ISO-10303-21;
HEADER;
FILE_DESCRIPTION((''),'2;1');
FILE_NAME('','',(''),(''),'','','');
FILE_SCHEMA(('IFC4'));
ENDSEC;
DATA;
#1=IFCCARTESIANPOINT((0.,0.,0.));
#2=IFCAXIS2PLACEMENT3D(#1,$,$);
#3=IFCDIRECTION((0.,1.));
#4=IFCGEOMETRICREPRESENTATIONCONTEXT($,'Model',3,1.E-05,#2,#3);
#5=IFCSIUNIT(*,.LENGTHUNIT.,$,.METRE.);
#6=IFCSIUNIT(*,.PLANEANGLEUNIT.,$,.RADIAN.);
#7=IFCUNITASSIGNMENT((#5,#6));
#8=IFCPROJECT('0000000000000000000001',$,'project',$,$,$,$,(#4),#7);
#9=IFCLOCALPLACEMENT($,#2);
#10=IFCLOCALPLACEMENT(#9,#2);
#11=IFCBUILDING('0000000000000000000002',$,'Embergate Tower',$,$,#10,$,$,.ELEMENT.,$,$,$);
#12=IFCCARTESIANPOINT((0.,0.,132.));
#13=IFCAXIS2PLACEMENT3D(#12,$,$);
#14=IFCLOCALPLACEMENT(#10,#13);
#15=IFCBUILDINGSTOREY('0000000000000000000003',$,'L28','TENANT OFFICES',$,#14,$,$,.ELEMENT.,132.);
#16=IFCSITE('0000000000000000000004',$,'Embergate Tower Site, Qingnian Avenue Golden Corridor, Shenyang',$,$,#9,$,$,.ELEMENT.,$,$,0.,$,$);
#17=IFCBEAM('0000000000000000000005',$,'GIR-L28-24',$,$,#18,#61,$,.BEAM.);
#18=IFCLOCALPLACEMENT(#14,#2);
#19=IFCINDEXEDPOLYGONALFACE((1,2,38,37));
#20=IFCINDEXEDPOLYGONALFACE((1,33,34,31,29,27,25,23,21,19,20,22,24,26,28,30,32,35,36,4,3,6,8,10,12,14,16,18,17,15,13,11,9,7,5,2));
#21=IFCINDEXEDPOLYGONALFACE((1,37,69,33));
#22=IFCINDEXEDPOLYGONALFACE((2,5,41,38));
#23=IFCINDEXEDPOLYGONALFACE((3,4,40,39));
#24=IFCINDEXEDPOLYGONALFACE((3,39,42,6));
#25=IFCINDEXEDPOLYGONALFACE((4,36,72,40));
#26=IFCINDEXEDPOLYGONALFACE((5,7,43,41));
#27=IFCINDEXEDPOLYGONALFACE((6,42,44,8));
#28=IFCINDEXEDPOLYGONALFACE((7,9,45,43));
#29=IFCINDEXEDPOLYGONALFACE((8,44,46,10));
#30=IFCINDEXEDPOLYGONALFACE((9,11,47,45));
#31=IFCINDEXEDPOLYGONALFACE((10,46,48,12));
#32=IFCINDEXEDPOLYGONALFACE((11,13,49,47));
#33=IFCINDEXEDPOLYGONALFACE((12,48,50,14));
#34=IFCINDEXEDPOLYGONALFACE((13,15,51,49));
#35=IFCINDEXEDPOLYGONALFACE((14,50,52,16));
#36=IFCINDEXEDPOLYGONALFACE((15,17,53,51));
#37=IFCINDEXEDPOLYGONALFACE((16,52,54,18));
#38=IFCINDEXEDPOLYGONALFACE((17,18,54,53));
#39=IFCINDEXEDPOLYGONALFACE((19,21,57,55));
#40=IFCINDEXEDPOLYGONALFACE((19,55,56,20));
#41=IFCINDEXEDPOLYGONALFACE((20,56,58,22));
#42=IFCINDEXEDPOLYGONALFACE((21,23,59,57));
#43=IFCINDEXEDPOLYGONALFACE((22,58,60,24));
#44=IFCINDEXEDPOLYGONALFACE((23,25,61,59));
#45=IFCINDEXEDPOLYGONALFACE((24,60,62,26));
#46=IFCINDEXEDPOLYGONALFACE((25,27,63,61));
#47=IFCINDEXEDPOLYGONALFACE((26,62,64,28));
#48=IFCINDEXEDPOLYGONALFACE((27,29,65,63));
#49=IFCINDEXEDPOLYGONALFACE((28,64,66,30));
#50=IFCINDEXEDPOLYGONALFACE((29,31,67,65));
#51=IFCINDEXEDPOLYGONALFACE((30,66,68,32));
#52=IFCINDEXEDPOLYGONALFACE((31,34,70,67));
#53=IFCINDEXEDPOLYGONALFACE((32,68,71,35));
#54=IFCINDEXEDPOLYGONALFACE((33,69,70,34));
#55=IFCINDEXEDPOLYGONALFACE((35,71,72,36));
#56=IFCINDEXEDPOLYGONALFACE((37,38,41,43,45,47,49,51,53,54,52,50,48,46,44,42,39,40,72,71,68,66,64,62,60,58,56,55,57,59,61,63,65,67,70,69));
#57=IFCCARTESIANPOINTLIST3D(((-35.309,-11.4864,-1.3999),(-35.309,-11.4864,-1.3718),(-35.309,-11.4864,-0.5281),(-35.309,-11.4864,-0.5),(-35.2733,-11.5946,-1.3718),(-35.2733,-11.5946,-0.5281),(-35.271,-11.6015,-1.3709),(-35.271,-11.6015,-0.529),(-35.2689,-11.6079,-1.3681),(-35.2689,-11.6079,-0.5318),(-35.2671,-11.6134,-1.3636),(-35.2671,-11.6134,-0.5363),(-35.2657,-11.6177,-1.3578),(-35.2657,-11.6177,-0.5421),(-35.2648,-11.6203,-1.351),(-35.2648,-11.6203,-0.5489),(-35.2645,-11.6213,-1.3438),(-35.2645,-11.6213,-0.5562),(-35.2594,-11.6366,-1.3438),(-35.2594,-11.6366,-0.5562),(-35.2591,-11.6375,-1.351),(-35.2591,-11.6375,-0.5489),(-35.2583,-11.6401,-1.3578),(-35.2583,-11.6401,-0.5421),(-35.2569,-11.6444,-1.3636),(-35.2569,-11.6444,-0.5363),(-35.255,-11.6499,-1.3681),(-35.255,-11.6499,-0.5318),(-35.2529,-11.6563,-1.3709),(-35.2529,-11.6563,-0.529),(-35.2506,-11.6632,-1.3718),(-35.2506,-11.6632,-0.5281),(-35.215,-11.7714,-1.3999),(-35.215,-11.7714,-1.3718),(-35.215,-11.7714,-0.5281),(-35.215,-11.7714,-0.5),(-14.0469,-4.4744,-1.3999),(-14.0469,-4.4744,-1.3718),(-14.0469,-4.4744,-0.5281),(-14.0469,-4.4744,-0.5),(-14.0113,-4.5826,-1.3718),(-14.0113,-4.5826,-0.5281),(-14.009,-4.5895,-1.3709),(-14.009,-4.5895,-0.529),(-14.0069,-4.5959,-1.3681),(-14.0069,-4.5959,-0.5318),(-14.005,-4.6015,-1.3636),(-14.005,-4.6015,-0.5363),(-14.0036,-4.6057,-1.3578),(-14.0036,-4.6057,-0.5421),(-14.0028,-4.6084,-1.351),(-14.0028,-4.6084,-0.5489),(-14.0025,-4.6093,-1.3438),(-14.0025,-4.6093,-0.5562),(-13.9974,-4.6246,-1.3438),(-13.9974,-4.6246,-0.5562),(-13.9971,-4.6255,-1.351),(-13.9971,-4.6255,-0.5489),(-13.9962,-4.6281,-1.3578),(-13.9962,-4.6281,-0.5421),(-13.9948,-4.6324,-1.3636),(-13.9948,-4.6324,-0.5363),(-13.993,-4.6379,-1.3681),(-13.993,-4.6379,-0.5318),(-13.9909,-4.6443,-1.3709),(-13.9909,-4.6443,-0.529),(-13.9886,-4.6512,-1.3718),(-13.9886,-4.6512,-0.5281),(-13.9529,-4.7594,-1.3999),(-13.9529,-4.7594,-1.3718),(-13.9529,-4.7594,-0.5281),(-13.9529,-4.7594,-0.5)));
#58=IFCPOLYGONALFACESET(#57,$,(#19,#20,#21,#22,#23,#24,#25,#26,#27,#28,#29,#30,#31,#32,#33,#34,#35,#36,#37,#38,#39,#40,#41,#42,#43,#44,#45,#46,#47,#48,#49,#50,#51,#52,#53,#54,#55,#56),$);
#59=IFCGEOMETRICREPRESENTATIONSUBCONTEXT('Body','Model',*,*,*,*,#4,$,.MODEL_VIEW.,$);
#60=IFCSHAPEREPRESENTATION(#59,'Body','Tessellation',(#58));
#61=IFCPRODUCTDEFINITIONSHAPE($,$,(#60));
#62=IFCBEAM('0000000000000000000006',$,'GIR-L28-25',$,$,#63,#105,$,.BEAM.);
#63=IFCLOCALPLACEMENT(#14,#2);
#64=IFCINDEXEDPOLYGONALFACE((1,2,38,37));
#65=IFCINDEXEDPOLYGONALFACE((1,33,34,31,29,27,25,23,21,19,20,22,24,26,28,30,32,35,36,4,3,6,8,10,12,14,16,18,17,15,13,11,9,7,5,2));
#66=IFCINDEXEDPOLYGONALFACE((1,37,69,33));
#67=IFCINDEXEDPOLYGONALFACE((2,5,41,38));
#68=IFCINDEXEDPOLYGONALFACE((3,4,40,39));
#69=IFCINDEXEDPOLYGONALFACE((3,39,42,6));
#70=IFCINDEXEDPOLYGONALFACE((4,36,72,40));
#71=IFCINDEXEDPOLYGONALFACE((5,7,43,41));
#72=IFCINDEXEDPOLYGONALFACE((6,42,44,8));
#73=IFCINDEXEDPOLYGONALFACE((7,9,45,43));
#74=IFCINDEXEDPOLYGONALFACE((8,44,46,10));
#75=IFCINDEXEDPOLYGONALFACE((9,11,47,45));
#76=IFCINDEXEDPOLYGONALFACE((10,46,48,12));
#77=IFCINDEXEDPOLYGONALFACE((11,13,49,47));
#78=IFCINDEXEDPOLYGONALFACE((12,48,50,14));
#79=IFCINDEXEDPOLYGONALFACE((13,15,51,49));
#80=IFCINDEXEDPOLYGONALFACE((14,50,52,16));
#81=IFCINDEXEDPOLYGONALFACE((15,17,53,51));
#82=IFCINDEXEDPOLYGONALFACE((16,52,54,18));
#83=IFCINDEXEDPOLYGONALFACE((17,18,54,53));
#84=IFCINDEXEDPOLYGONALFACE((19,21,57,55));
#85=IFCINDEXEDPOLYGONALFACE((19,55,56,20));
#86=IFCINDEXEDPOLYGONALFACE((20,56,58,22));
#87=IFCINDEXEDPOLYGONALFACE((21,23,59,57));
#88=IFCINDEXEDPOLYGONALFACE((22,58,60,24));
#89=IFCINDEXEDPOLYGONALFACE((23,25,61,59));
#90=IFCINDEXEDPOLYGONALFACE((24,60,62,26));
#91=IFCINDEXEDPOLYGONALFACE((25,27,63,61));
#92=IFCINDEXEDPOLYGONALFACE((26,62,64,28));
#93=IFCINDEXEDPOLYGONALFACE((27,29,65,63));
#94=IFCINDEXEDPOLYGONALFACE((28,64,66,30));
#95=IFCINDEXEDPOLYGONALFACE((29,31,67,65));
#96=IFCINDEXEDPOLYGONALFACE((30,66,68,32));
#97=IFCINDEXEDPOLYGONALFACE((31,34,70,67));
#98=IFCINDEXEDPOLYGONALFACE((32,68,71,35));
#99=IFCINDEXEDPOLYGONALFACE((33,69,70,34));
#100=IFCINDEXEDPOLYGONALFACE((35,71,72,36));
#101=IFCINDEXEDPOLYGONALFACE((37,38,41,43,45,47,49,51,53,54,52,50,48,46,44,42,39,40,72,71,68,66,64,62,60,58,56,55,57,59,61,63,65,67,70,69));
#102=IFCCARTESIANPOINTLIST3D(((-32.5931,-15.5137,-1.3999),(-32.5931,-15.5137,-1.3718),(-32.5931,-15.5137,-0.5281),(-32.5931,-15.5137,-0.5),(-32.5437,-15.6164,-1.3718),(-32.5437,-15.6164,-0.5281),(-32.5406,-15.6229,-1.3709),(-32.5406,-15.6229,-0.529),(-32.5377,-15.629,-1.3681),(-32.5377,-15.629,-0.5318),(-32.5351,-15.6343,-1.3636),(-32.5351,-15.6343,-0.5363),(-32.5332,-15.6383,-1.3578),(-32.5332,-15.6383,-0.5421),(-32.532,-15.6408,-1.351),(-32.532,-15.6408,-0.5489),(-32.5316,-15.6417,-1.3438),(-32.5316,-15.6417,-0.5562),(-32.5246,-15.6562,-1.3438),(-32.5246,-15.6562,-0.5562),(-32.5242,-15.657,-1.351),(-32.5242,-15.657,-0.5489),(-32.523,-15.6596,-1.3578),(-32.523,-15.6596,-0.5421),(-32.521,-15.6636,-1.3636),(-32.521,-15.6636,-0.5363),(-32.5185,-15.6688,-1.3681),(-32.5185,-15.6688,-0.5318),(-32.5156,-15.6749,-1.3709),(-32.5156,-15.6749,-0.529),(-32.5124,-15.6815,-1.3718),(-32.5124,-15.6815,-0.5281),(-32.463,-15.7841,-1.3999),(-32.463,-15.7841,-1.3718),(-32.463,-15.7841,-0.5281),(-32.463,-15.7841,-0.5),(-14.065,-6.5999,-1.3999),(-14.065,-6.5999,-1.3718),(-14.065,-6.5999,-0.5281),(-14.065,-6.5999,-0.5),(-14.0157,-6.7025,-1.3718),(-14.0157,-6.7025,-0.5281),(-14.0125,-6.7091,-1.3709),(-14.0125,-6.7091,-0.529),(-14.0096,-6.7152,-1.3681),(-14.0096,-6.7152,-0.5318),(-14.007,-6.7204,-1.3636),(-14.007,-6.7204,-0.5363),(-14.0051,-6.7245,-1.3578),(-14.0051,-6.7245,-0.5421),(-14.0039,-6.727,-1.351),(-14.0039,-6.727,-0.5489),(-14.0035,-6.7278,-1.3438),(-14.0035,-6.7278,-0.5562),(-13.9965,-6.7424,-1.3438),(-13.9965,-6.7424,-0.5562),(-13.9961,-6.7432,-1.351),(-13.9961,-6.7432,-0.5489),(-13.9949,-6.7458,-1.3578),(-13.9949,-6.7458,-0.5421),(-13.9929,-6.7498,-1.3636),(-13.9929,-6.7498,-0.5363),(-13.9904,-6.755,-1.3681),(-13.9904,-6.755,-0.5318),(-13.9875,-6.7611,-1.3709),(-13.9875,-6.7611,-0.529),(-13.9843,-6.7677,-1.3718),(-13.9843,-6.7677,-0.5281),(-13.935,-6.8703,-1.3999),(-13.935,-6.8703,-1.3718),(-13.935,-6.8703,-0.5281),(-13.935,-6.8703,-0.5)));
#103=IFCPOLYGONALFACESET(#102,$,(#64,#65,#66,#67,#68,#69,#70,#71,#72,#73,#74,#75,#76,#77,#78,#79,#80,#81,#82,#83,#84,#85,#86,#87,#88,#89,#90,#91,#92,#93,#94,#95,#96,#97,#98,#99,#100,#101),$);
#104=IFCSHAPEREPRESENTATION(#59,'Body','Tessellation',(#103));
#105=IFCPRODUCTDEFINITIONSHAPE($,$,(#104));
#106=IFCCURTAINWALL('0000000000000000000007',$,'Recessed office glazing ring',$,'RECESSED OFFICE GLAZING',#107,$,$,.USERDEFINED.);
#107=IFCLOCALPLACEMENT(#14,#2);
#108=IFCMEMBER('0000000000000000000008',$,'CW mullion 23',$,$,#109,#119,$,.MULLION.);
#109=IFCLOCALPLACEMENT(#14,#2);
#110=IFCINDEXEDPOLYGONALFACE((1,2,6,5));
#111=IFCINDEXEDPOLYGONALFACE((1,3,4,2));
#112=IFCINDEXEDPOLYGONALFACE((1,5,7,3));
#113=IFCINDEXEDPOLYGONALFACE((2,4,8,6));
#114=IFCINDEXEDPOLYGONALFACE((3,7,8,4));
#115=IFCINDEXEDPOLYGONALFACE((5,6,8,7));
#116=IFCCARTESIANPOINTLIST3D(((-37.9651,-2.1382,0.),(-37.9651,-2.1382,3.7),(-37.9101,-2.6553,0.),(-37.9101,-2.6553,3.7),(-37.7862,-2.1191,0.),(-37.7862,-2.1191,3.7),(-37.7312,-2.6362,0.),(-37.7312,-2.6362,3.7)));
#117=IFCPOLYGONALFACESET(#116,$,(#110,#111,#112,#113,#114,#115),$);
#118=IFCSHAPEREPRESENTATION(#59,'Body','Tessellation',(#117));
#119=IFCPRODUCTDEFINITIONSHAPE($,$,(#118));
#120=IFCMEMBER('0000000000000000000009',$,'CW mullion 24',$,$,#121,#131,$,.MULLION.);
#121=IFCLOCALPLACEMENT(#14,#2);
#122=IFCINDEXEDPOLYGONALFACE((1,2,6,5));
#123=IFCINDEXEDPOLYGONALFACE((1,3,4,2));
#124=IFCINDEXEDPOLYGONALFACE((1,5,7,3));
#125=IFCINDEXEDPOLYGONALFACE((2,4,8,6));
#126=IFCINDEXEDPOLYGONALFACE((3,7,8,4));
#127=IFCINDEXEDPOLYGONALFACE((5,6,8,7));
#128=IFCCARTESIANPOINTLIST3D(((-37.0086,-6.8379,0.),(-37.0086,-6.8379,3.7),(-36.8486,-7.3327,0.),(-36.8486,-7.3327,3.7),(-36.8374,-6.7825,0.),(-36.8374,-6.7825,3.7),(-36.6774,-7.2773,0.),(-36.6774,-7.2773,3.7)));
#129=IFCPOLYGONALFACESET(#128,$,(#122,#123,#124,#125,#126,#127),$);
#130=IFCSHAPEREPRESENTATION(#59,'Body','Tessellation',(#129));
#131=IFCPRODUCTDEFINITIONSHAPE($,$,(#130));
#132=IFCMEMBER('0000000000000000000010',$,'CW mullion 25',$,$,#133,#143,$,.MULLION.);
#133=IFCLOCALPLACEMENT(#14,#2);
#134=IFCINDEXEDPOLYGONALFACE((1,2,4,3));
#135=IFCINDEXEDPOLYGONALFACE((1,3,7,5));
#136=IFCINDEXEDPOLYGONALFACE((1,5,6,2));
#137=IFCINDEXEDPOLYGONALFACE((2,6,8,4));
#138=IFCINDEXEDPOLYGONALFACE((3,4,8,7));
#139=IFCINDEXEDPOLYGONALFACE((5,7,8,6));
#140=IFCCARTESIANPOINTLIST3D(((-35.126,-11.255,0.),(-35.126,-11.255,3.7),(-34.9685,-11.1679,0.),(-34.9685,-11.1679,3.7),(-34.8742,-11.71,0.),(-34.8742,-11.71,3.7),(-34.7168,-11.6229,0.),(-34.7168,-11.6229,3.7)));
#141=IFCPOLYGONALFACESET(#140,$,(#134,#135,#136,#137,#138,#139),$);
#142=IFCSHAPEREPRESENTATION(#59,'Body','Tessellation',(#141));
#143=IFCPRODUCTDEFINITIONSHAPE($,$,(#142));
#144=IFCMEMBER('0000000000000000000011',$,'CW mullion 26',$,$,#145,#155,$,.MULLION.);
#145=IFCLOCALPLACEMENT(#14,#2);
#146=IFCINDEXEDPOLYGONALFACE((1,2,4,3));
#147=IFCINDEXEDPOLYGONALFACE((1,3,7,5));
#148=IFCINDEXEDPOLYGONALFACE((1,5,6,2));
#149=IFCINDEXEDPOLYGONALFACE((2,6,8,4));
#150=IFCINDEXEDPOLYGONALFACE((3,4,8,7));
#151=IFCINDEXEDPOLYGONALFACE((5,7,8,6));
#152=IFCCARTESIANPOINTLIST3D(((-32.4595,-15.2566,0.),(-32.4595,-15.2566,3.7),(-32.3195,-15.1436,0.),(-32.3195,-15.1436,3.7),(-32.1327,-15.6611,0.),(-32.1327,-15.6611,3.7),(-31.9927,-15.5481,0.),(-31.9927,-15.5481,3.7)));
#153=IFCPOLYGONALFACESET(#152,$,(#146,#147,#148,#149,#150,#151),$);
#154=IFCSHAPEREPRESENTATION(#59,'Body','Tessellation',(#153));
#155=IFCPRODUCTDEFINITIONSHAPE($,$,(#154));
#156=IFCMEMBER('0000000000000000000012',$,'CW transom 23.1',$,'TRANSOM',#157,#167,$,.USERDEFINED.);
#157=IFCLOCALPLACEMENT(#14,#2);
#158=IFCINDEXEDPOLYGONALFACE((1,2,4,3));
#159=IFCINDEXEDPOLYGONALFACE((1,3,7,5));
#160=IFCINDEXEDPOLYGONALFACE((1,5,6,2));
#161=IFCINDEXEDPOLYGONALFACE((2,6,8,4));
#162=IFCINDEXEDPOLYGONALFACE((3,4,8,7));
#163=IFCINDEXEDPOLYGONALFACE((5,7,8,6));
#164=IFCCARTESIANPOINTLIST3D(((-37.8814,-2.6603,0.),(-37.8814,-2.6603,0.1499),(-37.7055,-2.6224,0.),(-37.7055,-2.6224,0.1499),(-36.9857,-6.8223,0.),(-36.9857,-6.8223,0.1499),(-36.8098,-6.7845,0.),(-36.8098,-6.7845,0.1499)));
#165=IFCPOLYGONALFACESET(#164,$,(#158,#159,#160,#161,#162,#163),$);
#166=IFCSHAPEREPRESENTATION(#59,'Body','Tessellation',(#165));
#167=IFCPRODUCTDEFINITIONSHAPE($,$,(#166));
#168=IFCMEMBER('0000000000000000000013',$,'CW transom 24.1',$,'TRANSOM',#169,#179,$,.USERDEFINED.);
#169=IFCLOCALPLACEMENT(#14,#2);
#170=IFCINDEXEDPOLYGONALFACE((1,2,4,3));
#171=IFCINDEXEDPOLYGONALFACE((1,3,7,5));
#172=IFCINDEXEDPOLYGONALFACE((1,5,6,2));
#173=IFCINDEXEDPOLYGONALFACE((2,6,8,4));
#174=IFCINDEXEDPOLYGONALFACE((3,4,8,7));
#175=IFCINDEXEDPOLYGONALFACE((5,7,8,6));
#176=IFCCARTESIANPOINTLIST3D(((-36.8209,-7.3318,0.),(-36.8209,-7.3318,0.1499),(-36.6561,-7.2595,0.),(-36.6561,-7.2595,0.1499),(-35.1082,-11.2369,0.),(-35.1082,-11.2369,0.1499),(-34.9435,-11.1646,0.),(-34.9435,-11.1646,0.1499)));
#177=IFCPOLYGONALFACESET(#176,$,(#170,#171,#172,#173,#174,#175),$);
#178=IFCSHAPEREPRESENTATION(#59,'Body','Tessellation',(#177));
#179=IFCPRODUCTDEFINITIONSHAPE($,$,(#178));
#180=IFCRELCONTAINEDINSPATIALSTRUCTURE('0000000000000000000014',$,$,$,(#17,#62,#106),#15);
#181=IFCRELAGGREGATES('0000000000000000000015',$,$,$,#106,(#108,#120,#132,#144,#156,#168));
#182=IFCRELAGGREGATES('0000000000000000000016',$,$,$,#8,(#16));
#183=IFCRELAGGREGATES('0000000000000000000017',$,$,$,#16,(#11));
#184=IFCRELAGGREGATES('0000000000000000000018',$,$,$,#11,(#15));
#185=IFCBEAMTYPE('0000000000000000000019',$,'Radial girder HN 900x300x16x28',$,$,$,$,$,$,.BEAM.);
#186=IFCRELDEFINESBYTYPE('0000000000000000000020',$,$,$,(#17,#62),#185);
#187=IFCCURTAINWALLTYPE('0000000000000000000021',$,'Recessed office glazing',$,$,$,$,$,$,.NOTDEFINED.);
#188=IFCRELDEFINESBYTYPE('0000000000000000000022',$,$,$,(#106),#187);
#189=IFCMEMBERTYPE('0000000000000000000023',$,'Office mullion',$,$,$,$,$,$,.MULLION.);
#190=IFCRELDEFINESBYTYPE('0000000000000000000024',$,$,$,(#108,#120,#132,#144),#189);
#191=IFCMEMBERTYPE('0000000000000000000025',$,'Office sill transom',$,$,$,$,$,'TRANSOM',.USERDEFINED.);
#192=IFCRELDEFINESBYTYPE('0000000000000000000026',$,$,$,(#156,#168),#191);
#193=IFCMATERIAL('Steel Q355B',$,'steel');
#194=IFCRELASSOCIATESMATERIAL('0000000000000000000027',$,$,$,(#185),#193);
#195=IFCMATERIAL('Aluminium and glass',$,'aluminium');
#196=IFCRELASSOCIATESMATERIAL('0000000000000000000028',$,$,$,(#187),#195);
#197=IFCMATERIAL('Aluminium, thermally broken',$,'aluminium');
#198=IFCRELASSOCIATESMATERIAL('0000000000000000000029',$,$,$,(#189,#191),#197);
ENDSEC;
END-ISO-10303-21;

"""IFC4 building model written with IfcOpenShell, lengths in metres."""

from ifc_helpers import new_model, si_unit, direction, frame, origin, origin_2d, place, context, subcontext, project, spatial, rectangle, i_section, extrude, source, transform, mapped, material, material_profile, profile_set, type_object, element, aggregate, save


model = new_model("IFC4")

# Units and contexts
model_context = context("Model", 3, precision=1e-05, world=origin(), true_north=direction((0.0, 1.0)))
body_context = subcontext(model_context, "Body", "Model", "MODEL_VIEW")
ifc_project = project(units=[si_unit("LENGTHUNIT", "METRE"), si_unit("PLANEANGLEUNIT", "RADIAN")], contexts=[model_context])

# Site, building, storey
site_placement = place(None, origin())
site = spatial("IfcSite", under=ifc_project, at=site_placement, Name="Embergate Tower Site, Qingnian Avenue Golden Corridor, Shenyang", CompositionType="ELEMENT", RefElevation=0.0)
building_placement = place(site_placement, origin())
building = spatial("IfcBuilding", under=site, at=building_placement, Name="Embergate Tower", CompositionType="ELEMENT")
storey_placement = place(building_placement, frame((0.0, 0.0, 132.0)))
storey = spatial("IfcBuildingStorey", under=building, at=storey_placement, Name="L28", Description="TENANT OFFICES", CompositionType="ELEMENT", Elevation=132.0)

# Beams
ifc_material_1 = material(Name="Steel Q355B", Category="steel")
ifc_material_profile_1 = material_profile(ifc_material_1, i_section(OverallWidth=0.3, OverallDepth=0.8999, WebThickness=0.0161, FlangeThickness=0.0281, FilletRadius=0.0281, at=origin_2d()), Name="HN 900x300x16x28")
ifc_profile_set_1 = profile_set([ifc_material_profile_1], Name="Steel Q355 grade B")
beam_type_1 = type_object("IfcBeamType", Name="Radial girder HN 900x300x16x28", PredefinedType="BEAM", material=ifc_profile_set_1)
shared_shape_1 = source(origin(), body_context, "Body", "SweptSolid", [
    extrude(i_section(OverallWidth=0.3, OverallDepth=0.8999, WebThickness=0.0161, FlangeThickness=0.0281, FilletRadius=0.0281, at=origin_2d()), origin(), (0.0, 0.0, 1.0), 22.3884),
])
beam_1_placement = place(storey_placement, frame((-35.262, -11.6289, -0.95), z_axis=(0.949688, 0.313197, 0.0), x_axis=(-0.313197, 0.949688, 0.0)))
element("IfcBeam", 1, at=beam_1_placement, inside=storey, type_object=beam_type_1, Name="GIR-L28-24", PredefinedType="BEAM", context=body_context, shape_type="MappedRepresentation", body=[
    mapped(shared_shape_1, transform((0.0, 0.0, 0.0))),
])
shared_shape_2 = source(origin(), body_context, "Body", "SweptSolid", [
    extrude(i_section(OverallWidth=0.3, OverallDepth=0.8999, WebThickness=0.0161, FlangeThickness=0.0281, FilletRadius=0.0281, at=origin_2d()), origin(), (0.0, 0.0, 1.0), 20.5608),
])
beam_2_placement = place(storey_placement, frame((-32.5281, -15.6489, -0.95), z_axis=(0.901137, 0.433535, 0.0), x_axis=(-0.433535, 0.901137, 0.0)))
element("IfcBeam", 2, at=beam_2_placement, inside=storey, type_object=beam_type_1, Name="GIR-L28-25", PredefinedType="BEAM", context=body_context, shape_type="MappedRepresentation", body=[
    mapped(shared_shape_2, transform((0.0, 0.0, 0.0))),
])

# Curtain wall, members
ifc_material_2 = material(Name="Aluminium and glass", Category="aluminium")
curtain_wall_type = type_object("IfcCurtainWallType", Name="Recessed office glazing", PredefinedType="NOTDEFINED", material=ifc_material_2)
curtain_wall_placement = place(storey_placement, origin())
curtain_wall = element("IfcCurtainWall", 3, at=curtain_wall_placement, inside=storey, type_object=curtain_wall_type, Name="Recessed office glazing ring", ObjectType="RECESSED OFFICE GLAZING", PredefinedType="USERDEFINED")
ifc_material_3 = material(Name="Aluminium, thermally broken", Category="aluminium")
ifc_material_profile_2 = material_profile(ifc_material_3, rectangle(XDim=0.1799, YDim=0.52, at=origin_2d()), Name="AL 520x180")
ifc_profile_set_2 = profile_set([ifc_material_profile_2], Name="Aluminium, thermally broken")
member_type_1 = type_object("IfcMemberType", Name="Office mullion", PredefinedType="MULLION", material=ifc_profile_set_2)
shared_shape_3 = source(origin(), body_context, "Body", "SweptSolid", [
    extrude(rectangle(XDim=0.1799, YDim=0.52, at=origin_2d()), origin(), (0.0, 0.0, 1.0), 3.7),
])
member_1_placement = place(storey_placement, frame((-37.8481, -2.3872, 0.0), z_axis=(0.0, 0.0, 1.0), x_axis=(0.994385, 0.105823, 0.0)))
member_1 = element("IfcMember", 4, at=member_1_placement, type_object=member_type_1, Name="CW mullion 23", PredefinedType="MULLION", context=body_context, shape_type="MappedRepresentation", body=[
    mapped(shared_shape_3, transform((0.0, 0.0, 0.0))),
])
member_2_placement = place(storey_placement, frame((-36.843, -7.0576, 0.0), z_axis=(0.0, 0.0, 1.0), x_axis=(0.951498, 0.307654, 0.0)))
member_2 = element("IfcMember", 5, at=member_2_placement, type_object=member_type_1, Name="CW mullion 24", PredefinedType="MULLION", context=body_context, shape_type="MappedRepresentation", body=[
    mapped(shared_shape_3, transform((0.0, 0.0, 0.0))),
])
member_3_placement = place(storey_placement, frame((-34.9214, -11.439, 0.0), z_axis=(0.0, 0.0, 1.0), x_axis=(0.875002, 0.484119, 0.0)))
member_3 = element("IfcMember", 6, at=member_3_placement, type_object=member_type_1, Name="CW mullion 25", PredefinedType="MULLION", context=body_context, shape_type="MappedRepresentation", body=[
    mapped(shared_shape_3, transform((0.0, 0.0, 0.0))),
])
member_4_placement = place(storey_placement, frame((-32.2261, -15.4023, 0.0), z_axis=(0.0, 0.0, 1.0), x_axis=(0.777873, 0.628422, 0.0)))
member_4 = element("IfcMember", 7, at=member_4_placement, type_object=member_type_1, Name="CW mullion 26", PredefinedType="MULLION", context=body_context, shape_type="MappedRepresentation", body=[
    mapped(shared_shape_3, transform((0.0, 0.0, 0.0))),
])
ifc_material_profile_3 = material_profile(ifc_material_3, rectangle(XDim=0.1799, YDim=0.1499, at=origin_2d()), Name="AL 150x180")
ifc_profile_set_3 = profile_set([ifc_material_profile_3], Name="Aluminium, thermally broken")
member_type_2 = type_object("IfcMemberType", Name="Office sill transom", ElementType="TRANSOM", PredefinedType="USERDEFINED", material=ifc_profile_set_3)
shared_shape_4 = source(origin(), body_context, "Body", "SweptSolid", [
    extrude(rectangle(XDim=0.1799, YDim=0.1499, at=origin_2d()), origin(), (0.0, 0.0, 1.0), 4.2573),
])
member_5_placement = place(storey_placement, frame((-37.7935, -2.6414, 0.075), z_axis=(0.210398, -0.977616, 0.0), x_axis=(0.977616, 0.210398, 0.0)))
member_5 = element("IfcMember", 8, at=member_5_placement, type_object=member_type_2, Name="CW transom 23.1", ObjectType="TRANSOM", PredefinedType="USERDEFINED", context=body_context, shape_type="MappedRepresentation", body=[
    mapped(shared_shape_4, transform((0.0, 0.0, 0.0))),
])
shared_shape_5 = source(origin(), body_context, "Body", "SweptSolid", [
    extrude(rectangle(XDim=0.1799, YDim=0.1499, at=origin_2d()), origin(), (0.0, 0.0, 1.0), 4.2642),
])
member_6_placement = place(storey_placement, frame((-36.7385, -7.2957, 0.075), z_axis=(0.401645, -0.915796, 0.0), x_axis=(0.915796, 0.401645, 0.0)))
member_6 = element("IfcMember", 9, at=member_6_placement, type_object=member_type_2, Name="CW transom 24.1", ObjectType="TRANSOM", PredefinedType="USERDEFINED", context=body_context, shape_type="MappedRepresentation", body=[
    mapped(shared_shape_5, transform((0.0, 0.0, 0.0))),
])
aggregate(curtain_wall, [member_1, member_2, member_3, member_4, member_5, member_6])

save(model, "model.ifc")
